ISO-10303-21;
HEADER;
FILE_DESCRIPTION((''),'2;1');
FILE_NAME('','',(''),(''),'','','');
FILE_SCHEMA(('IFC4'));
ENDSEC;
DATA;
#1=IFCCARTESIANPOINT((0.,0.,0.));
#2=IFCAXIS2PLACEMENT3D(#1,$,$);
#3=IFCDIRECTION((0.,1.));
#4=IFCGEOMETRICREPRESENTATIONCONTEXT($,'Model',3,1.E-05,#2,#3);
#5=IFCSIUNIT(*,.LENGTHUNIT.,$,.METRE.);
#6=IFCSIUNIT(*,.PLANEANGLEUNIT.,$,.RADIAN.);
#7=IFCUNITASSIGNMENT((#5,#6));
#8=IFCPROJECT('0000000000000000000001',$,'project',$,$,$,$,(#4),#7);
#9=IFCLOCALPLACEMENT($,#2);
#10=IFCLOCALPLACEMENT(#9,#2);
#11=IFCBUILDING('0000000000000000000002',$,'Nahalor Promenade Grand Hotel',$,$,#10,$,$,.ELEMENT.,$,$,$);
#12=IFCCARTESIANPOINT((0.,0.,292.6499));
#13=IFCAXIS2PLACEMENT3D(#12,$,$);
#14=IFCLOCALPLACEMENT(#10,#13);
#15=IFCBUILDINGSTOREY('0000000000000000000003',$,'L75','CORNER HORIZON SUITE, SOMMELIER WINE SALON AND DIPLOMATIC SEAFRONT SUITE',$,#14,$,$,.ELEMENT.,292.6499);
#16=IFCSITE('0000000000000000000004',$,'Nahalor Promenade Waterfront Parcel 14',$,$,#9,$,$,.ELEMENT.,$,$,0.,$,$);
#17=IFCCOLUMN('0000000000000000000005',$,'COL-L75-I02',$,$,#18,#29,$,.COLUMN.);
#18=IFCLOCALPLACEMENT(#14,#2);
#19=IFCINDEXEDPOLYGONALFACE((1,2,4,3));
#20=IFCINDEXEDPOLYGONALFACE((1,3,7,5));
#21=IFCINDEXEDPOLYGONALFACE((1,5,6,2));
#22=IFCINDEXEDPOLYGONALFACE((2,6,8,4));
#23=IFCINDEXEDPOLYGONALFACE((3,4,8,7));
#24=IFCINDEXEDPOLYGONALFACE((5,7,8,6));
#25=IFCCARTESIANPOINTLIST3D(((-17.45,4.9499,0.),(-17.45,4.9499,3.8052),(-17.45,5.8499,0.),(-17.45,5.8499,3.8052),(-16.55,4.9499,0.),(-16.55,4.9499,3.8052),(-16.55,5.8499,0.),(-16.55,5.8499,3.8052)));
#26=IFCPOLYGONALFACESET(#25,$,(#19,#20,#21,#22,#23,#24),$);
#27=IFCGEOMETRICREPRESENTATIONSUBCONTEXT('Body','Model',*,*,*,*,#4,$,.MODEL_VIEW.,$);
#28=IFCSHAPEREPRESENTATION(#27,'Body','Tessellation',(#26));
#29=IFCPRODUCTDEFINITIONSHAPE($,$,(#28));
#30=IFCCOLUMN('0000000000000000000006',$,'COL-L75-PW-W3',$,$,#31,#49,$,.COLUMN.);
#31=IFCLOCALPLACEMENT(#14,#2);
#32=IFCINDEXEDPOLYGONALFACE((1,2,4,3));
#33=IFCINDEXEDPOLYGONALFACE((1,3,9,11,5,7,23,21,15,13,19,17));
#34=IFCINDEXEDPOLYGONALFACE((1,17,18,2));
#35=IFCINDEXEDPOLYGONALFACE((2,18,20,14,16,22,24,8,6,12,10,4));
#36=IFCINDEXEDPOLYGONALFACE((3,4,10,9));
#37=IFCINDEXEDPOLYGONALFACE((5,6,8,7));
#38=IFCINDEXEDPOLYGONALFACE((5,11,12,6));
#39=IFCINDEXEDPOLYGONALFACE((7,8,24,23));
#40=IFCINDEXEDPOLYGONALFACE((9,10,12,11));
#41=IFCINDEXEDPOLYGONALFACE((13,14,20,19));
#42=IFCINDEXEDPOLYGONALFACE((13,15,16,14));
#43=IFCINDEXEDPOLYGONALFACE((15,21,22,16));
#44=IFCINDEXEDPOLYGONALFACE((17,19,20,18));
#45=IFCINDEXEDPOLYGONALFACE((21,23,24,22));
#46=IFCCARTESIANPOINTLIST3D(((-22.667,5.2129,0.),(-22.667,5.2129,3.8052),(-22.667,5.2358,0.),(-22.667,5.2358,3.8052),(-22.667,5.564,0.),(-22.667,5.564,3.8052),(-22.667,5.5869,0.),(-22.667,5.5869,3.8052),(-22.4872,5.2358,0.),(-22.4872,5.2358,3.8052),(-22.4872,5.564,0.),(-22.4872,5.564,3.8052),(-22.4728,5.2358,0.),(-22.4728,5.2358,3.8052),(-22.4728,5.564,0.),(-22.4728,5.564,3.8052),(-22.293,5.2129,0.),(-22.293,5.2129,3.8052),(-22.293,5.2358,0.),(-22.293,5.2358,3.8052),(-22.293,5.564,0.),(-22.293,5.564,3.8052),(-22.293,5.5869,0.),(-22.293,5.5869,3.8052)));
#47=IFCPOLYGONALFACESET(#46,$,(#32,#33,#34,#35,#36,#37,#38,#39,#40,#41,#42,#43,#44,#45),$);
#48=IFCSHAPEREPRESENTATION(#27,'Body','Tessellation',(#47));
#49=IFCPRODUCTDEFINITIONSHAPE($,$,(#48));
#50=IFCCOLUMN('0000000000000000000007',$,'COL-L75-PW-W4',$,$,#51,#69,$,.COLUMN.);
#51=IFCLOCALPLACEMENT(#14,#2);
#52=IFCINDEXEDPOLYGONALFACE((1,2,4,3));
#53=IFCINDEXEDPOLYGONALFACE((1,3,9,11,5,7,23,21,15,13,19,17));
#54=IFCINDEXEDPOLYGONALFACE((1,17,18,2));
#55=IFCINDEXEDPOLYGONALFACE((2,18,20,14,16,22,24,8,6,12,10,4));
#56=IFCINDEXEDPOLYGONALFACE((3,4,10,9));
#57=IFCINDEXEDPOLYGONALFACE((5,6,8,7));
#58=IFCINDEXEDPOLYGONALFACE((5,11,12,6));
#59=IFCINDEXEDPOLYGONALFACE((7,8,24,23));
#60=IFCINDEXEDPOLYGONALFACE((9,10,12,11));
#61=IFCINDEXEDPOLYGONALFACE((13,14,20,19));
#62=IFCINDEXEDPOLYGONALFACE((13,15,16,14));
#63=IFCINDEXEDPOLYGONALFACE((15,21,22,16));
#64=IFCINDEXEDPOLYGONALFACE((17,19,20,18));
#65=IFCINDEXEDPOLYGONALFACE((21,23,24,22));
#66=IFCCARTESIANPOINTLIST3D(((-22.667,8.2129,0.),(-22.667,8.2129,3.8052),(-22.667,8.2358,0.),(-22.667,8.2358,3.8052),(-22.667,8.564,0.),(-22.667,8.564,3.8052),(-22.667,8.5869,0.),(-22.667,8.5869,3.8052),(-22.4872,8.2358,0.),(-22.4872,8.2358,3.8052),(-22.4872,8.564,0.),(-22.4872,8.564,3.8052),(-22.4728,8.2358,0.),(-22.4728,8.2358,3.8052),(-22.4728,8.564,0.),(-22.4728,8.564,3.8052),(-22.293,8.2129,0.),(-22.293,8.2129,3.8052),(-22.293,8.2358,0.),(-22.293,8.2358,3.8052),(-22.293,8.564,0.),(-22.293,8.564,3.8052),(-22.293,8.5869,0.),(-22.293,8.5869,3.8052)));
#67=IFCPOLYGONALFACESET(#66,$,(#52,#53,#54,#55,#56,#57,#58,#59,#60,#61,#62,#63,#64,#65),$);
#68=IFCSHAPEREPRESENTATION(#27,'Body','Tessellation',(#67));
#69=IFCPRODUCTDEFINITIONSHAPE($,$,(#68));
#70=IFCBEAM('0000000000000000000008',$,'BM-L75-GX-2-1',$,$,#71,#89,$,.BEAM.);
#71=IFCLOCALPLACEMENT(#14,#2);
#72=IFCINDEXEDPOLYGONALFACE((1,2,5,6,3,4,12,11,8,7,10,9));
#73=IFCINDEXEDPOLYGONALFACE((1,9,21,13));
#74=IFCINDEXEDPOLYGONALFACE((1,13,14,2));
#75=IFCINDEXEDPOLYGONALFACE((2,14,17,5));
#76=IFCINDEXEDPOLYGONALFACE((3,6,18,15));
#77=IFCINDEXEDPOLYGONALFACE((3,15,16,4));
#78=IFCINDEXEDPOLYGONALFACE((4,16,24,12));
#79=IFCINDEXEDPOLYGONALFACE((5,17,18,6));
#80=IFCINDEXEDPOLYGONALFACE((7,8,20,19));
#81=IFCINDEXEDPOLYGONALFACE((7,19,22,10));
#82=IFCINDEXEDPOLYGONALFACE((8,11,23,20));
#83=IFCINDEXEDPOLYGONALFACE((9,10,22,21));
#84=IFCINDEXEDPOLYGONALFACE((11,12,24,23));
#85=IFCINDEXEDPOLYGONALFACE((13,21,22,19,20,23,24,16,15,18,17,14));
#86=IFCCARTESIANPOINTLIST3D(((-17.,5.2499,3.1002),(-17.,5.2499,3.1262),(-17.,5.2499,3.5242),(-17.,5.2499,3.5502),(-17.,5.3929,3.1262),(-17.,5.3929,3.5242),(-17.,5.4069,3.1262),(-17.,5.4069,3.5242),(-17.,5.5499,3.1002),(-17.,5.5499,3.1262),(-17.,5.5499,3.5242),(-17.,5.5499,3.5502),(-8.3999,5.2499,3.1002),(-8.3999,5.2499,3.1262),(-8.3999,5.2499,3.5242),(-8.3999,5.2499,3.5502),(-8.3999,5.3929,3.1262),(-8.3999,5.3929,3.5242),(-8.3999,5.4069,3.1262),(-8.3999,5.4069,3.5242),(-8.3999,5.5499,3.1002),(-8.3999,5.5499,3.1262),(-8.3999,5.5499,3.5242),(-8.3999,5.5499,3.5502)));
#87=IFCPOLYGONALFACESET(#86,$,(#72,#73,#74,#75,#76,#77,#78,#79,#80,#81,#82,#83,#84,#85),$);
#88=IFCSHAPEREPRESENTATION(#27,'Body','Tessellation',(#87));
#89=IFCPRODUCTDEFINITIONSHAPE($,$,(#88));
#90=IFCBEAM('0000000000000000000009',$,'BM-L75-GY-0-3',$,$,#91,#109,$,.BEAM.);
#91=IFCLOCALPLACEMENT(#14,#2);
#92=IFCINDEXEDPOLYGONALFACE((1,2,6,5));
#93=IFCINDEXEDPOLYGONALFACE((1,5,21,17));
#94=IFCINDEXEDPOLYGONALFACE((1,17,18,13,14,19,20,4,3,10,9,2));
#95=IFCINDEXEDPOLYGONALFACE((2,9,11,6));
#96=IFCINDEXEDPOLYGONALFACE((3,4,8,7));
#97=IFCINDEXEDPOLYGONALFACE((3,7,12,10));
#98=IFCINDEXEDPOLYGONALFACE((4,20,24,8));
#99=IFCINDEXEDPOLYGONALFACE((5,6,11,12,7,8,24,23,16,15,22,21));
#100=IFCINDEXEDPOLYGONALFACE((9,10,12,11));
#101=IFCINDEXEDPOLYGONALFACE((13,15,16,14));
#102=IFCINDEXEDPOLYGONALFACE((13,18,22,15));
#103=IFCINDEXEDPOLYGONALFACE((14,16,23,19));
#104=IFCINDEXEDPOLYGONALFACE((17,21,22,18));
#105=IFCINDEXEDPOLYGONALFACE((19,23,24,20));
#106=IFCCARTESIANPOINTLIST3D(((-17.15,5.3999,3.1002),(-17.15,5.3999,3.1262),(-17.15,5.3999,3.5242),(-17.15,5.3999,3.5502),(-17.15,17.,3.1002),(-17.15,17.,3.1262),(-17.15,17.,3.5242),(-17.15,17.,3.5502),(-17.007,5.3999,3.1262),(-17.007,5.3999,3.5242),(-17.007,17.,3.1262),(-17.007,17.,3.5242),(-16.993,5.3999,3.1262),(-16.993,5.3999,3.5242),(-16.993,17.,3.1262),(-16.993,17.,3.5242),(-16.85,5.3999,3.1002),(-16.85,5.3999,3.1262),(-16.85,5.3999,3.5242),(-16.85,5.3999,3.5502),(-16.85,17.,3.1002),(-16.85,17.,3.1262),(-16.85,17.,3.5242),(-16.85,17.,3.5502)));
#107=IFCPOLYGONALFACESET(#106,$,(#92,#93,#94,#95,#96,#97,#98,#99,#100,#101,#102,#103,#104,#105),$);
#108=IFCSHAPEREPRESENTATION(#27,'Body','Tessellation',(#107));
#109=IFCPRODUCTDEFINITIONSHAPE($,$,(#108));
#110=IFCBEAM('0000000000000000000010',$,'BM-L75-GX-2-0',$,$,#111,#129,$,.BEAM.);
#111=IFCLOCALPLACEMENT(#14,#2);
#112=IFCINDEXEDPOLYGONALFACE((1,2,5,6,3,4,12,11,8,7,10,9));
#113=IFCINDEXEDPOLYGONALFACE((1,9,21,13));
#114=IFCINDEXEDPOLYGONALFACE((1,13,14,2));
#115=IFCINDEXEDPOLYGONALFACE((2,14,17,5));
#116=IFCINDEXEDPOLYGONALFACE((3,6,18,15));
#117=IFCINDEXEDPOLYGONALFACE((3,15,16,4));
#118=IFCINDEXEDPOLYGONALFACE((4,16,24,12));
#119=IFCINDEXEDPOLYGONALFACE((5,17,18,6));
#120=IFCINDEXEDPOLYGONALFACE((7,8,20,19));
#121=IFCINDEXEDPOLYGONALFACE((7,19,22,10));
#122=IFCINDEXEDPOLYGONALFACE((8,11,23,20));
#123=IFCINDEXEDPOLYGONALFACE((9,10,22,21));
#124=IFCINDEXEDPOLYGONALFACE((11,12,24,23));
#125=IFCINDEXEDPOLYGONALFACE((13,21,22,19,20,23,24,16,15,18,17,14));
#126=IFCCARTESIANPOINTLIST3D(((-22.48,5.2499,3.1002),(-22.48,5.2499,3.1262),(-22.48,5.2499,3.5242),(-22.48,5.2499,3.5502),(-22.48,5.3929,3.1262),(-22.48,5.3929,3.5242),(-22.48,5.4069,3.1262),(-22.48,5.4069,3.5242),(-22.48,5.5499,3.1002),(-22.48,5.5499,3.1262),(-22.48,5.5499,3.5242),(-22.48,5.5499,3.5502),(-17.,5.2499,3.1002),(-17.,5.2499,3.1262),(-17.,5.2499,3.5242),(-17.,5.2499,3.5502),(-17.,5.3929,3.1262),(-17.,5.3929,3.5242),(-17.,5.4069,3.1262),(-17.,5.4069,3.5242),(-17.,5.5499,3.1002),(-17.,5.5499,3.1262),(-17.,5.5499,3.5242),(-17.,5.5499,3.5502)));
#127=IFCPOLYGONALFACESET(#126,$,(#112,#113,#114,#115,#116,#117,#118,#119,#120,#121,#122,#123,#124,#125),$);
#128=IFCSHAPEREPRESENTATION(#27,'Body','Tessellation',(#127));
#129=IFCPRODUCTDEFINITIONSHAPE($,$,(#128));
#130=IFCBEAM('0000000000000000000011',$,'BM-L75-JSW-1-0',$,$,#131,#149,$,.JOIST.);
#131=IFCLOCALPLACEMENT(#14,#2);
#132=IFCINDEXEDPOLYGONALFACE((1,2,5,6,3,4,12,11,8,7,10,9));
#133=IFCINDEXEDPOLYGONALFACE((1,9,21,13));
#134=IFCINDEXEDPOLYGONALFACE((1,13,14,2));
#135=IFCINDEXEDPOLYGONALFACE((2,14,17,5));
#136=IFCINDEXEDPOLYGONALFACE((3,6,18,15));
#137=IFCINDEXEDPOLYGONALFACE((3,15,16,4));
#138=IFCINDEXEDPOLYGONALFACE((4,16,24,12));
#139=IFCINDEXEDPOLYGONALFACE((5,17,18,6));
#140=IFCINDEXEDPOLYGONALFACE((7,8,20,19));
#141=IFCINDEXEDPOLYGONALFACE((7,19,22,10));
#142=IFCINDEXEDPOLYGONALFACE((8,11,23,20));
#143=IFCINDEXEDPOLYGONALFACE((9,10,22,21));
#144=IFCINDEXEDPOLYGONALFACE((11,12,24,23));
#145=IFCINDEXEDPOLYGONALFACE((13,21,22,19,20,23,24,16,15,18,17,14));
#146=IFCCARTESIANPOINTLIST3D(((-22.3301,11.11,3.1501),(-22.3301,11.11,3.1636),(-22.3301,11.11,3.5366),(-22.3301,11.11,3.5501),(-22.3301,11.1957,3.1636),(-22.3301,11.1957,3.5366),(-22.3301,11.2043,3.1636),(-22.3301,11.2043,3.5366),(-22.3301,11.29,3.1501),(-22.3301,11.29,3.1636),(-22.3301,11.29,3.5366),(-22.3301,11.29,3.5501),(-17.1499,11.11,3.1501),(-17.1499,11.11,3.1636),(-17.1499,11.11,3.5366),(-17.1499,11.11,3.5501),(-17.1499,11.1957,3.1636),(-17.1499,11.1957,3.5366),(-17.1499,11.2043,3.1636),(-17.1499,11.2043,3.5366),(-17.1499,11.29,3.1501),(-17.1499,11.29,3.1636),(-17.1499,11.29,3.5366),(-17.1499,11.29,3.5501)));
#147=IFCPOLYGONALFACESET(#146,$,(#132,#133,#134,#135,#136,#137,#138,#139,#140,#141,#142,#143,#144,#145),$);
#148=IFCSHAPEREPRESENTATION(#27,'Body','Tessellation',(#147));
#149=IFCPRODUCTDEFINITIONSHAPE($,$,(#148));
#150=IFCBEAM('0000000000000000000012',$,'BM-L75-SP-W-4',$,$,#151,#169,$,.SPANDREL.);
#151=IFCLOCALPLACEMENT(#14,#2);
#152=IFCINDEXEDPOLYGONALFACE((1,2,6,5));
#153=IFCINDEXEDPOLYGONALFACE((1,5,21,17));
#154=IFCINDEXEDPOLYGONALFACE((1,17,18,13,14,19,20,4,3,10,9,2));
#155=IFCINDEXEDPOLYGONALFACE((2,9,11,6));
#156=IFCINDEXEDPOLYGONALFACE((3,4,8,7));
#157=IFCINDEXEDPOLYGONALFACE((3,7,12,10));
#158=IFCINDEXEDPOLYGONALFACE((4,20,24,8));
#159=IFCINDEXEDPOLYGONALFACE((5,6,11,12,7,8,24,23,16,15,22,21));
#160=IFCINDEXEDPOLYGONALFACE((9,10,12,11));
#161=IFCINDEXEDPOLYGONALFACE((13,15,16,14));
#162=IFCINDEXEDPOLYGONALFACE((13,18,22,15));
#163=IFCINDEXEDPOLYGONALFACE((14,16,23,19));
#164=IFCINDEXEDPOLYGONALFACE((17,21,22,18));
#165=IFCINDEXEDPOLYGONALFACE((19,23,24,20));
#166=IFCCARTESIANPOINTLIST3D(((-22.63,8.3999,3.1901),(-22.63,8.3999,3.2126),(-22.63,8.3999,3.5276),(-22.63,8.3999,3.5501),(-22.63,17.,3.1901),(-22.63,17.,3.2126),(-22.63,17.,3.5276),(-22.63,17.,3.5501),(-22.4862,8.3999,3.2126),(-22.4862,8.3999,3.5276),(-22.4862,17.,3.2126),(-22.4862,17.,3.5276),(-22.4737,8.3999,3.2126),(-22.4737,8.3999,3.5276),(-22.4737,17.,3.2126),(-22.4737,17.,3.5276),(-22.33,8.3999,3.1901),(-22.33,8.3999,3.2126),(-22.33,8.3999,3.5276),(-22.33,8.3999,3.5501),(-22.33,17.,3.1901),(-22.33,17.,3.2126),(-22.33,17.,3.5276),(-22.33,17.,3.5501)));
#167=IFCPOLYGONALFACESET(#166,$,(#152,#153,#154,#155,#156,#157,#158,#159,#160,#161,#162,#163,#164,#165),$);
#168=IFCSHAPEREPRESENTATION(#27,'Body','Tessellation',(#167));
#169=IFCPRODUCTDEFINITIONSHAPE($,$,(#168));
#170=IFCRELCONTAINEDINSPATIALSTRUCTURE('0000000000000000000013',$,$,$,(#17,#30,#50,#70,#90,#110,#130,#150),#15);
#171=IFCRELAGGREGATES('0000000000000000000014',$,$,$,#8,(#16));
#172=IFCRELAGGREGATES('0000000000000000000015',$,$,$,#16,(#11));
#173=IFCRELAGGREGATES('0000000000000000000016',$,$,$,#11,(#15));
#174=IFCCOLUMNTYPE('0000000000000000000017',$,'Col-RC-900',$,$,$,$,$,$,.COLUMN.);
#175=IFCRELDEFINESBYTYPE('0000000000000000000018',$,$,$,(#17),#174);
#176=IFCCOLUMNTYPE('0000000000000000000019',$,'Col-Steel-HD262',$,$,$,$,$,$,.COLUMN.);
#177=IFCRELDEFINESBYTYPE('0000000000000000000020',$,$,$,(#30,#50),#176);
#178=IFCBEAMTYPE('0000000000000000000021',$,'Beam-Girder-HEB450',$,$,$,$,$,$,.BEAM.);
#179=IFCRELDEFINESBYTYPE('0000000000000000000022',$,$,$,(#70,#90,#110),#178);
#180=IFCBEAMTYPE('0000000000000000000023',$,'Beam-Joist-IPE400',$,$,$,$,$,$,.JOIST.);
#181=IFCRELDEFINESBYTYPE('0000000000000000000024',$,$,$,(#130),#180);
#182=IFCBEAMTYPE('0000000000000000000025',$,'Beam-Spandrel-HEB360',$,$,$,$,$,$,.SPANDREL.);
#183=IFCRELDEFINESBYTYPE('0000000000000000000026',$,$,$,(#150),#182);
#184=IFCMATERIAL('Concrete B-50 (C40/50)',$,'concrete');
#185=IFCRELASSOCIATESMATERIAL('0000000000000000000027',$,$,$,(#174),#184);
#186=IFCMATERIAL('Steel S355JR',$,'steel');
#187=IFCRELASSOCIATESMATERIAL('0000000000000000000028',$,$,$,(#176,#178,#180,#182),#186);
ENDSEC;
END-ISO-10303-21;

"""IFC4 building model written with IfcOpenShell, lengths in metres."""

from ifc_helpers import new_model, si_unit, direction, frame, origin, origin_2d, place, context, subcontext, project, spatial, rectangle, i_section, extrude, source, transform, mapped, material, material_profile, profile_set, type_object, element, save


model = new_model("IFC4")

# Units and contexts
model_context = context("Model", 3, precision=1e-05, world=origin(), true_north=direction((0.0, 1.0)))
body_context = subcontext(model_context, "Body", "Model", "MODEL_VIEW")
ifc_project = project(units=[si_unit("LENGTHUNIT", "METRE"), si_unit("PLANEANGLEUNIT", "RADIAN")], contexts=[model_context])

# Site, building, storey
site_placement = place(None, origin())
site = spatial("IfcSite", under=ifc_project, at=site_placement, Name="Nahalor Promenade Waterfront Parcel 14", CompositionType="ELEMENT", RefElevation=0.0)
building_placement = place(site_placement, origin())
building = spatial("IfcBuilding", under=site, at=building_placement, Name="Nahalor Promenade Grand Hotel", CompositionType="ELEMENT")
storey_placement = place(building_placement, frame((0.0, 0.0, 292.6499)))
storey = spatial("IfcBuildingStorey", under=building, at=storey_placement, Name="L75", Description="CORNER HORIZON SUITE, SOMMELIER WINE SALON AND DIPLOMATIC SEAFRONT SUITE", CompositionType="ELEMENT", Elevation=292.6499)

# Columns
ifc_material_1 = material(Name="Concrete B-50 (C40/50)", Category="concrete")
ifc_material_profile_1 = material_profile(ifc_material_1, rectangle(XDim=0.9, YDim=0.9, at=origin_2d()), Name="RC 900x900")
ifc_profile_set_1 = profile_set([ifc_material_profile_1], Name="Concrete B-50 (C40/50)")
column_type_1 = type_object("IfcColumnType", Name="Col-RC-900", PredefinedType="COLUMN", material=ifc_profile_set_1)
shared_shape_1 = source(origin(), body_context, "Body", "SweptSolid", [
    extrude(rectangle(XDim=0.9, YDim=0.9, at=origin_2d()), origin(), (0.0, 0.0, 1.0), 3.8052),
])
column_placement = place(storey_placement, frame((-17.0, 5.3999, 0.0), z_axis=(0.0, 0.0, 1.0), x_axis=(1.0, 0.0, 0.0)))
element("IfcColumn", 1, at=column_placement, inside=storey, type_object=column_type_1, Name="COL-L75-I02", PredefinedType="COLUMN", context=body_context, shape_type="MappedRepresentation", body=[
    mapped(shared_shape_1, transform((0.0, 0.0, 0.0), scale=1.0)),
])
ifc_material_2 = material(Name="Steel S355JR", Category="steel")
ifc_material_profile_2 = material_profile(ifc_material_2, i_section(OverallWidth=0.374, OverallDepth=0.374, WebThickness=0.0144, FlangeThickness=0.0229, at=origin_2d()), Name="HD 360x262")
ifc_profile_set_2 = profile_set([ifc_material_profile_2], Name="Steel S355JR")
column_type_2 = type_object("IfcColumnType", Name="Col-Steel-HD262", PredefinedType="COLUMN", material=ifc_profile_set_2)
shared_shape_2 = source(origin(), body_context, "Body", "SweptSolid", [
    extrude(i_section(OverallWidth=0.374, OverallDepth=0.374, WebThickness=0.0144, FlangeThickness=0.0229, at=origin_2d()), origin(), (0.0, 0.0, 1.0), 3.8052),
])
for number, where, z_axis, x_axis, name in (
    (2, (-22.48, 5.3999, 0.0), (0.0, 0.0, 1.0), (1.0, 0.0, 0.0), "COL-L75-PW-W3"),
    (3, (-22.48, 8.3999, 0.0), (0.0, 0.0, 1.0), (1.0, 0.0, 0.0), "COL-L75-PW-W4"),
):
    element("IfcColumn", number, at=place(storey_placement, frame(where, z_axis=z_axis, x_axis=x_axis)), inside=storey, type_object=column_type_2, Name=name, PredefinedType="COLUMN", context=body_context, shape_type="MappedRepresentation", body=[
        mapped(shared_shape_2, transform((0.0, 0.0, 0.0), scale=1.0)),
    ])

# Beams
ifc_material_profile_3 = material_profile(ifc_material_2, i_section(OverallWidth=0.3, OverallDepth=0.45, WebThickness=0.014, FlangeThickness=0.026, at=origin_2d()), Name="HEB 450")
ifc_profile_set_3 = profile_set([ifc_material_profile_3], Name="Steel S355JR")
beam_type_1 = type_object("IfcBeamType", Name="Beam-Girder-HEB450", PredefinedType="BEAM", material=ifc_profile_set_3)
shared_shape_3 = source(origin(), body_context, "Body", "SweptSolid", [
    extrude(i_section(OverallWidth=0.3, OverallDepth=0.45, WebThickness=0.014, FlangeThickness=0.026, at=origin_2d()), origin(), (0.0, 0.0, 1.0), 8.6001),
])
beam_1_placement = place(storey_placement, frame((-17.0, 5.3999, 3.3252), z_axis=(1.0, 0.0, 0.0), x_axis=(0.0, 1.0, 0.0)))
element("IfcBeam", 4, at=beam_1_placement, inside=storey, type_object=beam_type_1, Name="BM-L75-GX-2-1", PredefinedType="BEAM", context=body_context, shape_type="MappedRepresentation", body=[
    mapped(shared_shape_3, transform((0.0, 0.0, 0.0), scale=1.0)),
])
shared_shape_4 = source(origin(), body_context, "Body", "SweptSolid", [
    extrude(i_section(OverallWidth=0.3, OverallDepth=0.45, WebThickness=0.014, FlangeThickness=0.026, at=origin_2d()), origin(), (0.0, 0.0, 1.0), 11.6001),
])
beam_2_placement = place(storey_placement, frame((-17.0, 5.3999, 3.3252), z_axis=(0.0, 1.0, 0.0), x_axis=(-1.0, 0.0, 0.0)))
element("IfcBeam", 5, at=beam_2_placement, inside=storey, type_object=beam_type_1, Name="BM-L75-GY-0-3", PredefinedType="BEAM", context=body_context, shape_type="MappedRepresentation", body=[
    mapped(shared_shape_4, transform((0.0, 0.0, 0.0), scale=1.0)),
])
shared_shape_5 = source(origin(), body_context, "Body", "SweptSolid", [
    extrude(i_section(OverallWidth=0.3, OverallDepth=0.45, WebThickness=0.014, FlangeThickness=0.026, at=origin_2d()), origin(), (0.0, 0.0, 1.0), 5.48),
])
beam_3_placement = place(storey_placement, frame((-22.48, 5.3999, 3.3252), z_axis=(1.0, 0.0, 0.0), x_axis=(0.0, 1.0, 0.0)))
element("IfcBeam", 6, at=beam_3_placement, inside=storey, type_object=beam_type_1, Name="BM-L75-GX-2-0", PredefinedType="BEAM", context=body_context, shape_type="MappedRepresentation", body=[
    mapped(shared_shape_5, transform((0.0, 0.0, 0.0), scale=1.0)),
])
ifc_material_profile_4 = material_profile(ifc_material_2, i_section(OverallWidth=0.18, OverallDepth=0.4, WebThickness=0.0086, FlangeThickness=0.0135, at=origin_2d()), Name="IPE 400")
ifc_profile_set_4 = profile_set([ifc_material_profile_4], Name="Steel S355JR")
beam_type_2 = type_object("IfcBeamType", Name="Beam-Joist-IPE400", PredefinedType="JOIST", material=ifc_profile_set_4)
shared_shape_6 = source(origin(), body_context, "Body", "SweptSolid", [
    extrude(i_section(OverallWidth=0.18, OverallDepth=0.4, WebThickness=0.0086, FlangeThickness=0.0135, at=origin_2d()), origin(), (0.0, 0.0, 1.0), 5.1802),
])
beam_4_placement = place(storey_placement, frame((-22.3301, 11.2, 3.3501), z_axis=(1.0, 0.0, 0.0), x_axis=(0.0, 1.0, 0.0)))
element("IfcBeam", 7, at=beam_4_placement, inside=storey, type_object=beam_type_2, Name="BM-L75-JSW-1-0", PredefinedType="JOIST", context=body_context, shape_type="MappedRepresentation", body=[
    mapped(shared_shape_6, transform((0.0, 0.0, 0.0), scale=1.0)),
])
ifc_material_profile_5 = material_profile(ifc_material_2, i_section(OverallWidth=0.3, OverallDepth=0.36, WebThickness=0.0125, FlangeThickness=0.0225, at=origin_2d()), Name="HEB 360")
ifc_profile_set_5 = profile_set([ifc_material_profile_5], Name="Steel S355JR")
beam_type_3 = type_object("IfcBeamType", Name="Beam-Spandrel-HEB360", PredefinedType="SPANDREL", material=ifc_profile_set_5)
shared_shape_7 = source(origin(), body_context, "Body", "SweptSolid", [
    extrude(i_section(OverallWidth=0.3, OverallDepth=0.36, WebThickness=0.0125, FlangeThickness=0.0225, at=origin_2d()), origin(), (0.0, 0.0, 1.0), 8.6001),
])
beam_5_placement = place(storey_placement, frame((-22.48, 8.3999, 3.3701), z_axis=(0.0, 1.0, 0.0), x_axis=(-1.0, 0.0, 0.0)))
element("IfcBeam", 8, at=beam_5_placement, inside=storey, type_object=beam_type_3, Name="BM-L75-SP-W-4", PredefinedType="SPANDREL", context=body_context, shape_type="MappedRepresentation", body=[
    mapped(shared_shape_7, transform((0.0, 0.0, 0.0), scale=1.0)),
])

save(model, "model.ifc")
